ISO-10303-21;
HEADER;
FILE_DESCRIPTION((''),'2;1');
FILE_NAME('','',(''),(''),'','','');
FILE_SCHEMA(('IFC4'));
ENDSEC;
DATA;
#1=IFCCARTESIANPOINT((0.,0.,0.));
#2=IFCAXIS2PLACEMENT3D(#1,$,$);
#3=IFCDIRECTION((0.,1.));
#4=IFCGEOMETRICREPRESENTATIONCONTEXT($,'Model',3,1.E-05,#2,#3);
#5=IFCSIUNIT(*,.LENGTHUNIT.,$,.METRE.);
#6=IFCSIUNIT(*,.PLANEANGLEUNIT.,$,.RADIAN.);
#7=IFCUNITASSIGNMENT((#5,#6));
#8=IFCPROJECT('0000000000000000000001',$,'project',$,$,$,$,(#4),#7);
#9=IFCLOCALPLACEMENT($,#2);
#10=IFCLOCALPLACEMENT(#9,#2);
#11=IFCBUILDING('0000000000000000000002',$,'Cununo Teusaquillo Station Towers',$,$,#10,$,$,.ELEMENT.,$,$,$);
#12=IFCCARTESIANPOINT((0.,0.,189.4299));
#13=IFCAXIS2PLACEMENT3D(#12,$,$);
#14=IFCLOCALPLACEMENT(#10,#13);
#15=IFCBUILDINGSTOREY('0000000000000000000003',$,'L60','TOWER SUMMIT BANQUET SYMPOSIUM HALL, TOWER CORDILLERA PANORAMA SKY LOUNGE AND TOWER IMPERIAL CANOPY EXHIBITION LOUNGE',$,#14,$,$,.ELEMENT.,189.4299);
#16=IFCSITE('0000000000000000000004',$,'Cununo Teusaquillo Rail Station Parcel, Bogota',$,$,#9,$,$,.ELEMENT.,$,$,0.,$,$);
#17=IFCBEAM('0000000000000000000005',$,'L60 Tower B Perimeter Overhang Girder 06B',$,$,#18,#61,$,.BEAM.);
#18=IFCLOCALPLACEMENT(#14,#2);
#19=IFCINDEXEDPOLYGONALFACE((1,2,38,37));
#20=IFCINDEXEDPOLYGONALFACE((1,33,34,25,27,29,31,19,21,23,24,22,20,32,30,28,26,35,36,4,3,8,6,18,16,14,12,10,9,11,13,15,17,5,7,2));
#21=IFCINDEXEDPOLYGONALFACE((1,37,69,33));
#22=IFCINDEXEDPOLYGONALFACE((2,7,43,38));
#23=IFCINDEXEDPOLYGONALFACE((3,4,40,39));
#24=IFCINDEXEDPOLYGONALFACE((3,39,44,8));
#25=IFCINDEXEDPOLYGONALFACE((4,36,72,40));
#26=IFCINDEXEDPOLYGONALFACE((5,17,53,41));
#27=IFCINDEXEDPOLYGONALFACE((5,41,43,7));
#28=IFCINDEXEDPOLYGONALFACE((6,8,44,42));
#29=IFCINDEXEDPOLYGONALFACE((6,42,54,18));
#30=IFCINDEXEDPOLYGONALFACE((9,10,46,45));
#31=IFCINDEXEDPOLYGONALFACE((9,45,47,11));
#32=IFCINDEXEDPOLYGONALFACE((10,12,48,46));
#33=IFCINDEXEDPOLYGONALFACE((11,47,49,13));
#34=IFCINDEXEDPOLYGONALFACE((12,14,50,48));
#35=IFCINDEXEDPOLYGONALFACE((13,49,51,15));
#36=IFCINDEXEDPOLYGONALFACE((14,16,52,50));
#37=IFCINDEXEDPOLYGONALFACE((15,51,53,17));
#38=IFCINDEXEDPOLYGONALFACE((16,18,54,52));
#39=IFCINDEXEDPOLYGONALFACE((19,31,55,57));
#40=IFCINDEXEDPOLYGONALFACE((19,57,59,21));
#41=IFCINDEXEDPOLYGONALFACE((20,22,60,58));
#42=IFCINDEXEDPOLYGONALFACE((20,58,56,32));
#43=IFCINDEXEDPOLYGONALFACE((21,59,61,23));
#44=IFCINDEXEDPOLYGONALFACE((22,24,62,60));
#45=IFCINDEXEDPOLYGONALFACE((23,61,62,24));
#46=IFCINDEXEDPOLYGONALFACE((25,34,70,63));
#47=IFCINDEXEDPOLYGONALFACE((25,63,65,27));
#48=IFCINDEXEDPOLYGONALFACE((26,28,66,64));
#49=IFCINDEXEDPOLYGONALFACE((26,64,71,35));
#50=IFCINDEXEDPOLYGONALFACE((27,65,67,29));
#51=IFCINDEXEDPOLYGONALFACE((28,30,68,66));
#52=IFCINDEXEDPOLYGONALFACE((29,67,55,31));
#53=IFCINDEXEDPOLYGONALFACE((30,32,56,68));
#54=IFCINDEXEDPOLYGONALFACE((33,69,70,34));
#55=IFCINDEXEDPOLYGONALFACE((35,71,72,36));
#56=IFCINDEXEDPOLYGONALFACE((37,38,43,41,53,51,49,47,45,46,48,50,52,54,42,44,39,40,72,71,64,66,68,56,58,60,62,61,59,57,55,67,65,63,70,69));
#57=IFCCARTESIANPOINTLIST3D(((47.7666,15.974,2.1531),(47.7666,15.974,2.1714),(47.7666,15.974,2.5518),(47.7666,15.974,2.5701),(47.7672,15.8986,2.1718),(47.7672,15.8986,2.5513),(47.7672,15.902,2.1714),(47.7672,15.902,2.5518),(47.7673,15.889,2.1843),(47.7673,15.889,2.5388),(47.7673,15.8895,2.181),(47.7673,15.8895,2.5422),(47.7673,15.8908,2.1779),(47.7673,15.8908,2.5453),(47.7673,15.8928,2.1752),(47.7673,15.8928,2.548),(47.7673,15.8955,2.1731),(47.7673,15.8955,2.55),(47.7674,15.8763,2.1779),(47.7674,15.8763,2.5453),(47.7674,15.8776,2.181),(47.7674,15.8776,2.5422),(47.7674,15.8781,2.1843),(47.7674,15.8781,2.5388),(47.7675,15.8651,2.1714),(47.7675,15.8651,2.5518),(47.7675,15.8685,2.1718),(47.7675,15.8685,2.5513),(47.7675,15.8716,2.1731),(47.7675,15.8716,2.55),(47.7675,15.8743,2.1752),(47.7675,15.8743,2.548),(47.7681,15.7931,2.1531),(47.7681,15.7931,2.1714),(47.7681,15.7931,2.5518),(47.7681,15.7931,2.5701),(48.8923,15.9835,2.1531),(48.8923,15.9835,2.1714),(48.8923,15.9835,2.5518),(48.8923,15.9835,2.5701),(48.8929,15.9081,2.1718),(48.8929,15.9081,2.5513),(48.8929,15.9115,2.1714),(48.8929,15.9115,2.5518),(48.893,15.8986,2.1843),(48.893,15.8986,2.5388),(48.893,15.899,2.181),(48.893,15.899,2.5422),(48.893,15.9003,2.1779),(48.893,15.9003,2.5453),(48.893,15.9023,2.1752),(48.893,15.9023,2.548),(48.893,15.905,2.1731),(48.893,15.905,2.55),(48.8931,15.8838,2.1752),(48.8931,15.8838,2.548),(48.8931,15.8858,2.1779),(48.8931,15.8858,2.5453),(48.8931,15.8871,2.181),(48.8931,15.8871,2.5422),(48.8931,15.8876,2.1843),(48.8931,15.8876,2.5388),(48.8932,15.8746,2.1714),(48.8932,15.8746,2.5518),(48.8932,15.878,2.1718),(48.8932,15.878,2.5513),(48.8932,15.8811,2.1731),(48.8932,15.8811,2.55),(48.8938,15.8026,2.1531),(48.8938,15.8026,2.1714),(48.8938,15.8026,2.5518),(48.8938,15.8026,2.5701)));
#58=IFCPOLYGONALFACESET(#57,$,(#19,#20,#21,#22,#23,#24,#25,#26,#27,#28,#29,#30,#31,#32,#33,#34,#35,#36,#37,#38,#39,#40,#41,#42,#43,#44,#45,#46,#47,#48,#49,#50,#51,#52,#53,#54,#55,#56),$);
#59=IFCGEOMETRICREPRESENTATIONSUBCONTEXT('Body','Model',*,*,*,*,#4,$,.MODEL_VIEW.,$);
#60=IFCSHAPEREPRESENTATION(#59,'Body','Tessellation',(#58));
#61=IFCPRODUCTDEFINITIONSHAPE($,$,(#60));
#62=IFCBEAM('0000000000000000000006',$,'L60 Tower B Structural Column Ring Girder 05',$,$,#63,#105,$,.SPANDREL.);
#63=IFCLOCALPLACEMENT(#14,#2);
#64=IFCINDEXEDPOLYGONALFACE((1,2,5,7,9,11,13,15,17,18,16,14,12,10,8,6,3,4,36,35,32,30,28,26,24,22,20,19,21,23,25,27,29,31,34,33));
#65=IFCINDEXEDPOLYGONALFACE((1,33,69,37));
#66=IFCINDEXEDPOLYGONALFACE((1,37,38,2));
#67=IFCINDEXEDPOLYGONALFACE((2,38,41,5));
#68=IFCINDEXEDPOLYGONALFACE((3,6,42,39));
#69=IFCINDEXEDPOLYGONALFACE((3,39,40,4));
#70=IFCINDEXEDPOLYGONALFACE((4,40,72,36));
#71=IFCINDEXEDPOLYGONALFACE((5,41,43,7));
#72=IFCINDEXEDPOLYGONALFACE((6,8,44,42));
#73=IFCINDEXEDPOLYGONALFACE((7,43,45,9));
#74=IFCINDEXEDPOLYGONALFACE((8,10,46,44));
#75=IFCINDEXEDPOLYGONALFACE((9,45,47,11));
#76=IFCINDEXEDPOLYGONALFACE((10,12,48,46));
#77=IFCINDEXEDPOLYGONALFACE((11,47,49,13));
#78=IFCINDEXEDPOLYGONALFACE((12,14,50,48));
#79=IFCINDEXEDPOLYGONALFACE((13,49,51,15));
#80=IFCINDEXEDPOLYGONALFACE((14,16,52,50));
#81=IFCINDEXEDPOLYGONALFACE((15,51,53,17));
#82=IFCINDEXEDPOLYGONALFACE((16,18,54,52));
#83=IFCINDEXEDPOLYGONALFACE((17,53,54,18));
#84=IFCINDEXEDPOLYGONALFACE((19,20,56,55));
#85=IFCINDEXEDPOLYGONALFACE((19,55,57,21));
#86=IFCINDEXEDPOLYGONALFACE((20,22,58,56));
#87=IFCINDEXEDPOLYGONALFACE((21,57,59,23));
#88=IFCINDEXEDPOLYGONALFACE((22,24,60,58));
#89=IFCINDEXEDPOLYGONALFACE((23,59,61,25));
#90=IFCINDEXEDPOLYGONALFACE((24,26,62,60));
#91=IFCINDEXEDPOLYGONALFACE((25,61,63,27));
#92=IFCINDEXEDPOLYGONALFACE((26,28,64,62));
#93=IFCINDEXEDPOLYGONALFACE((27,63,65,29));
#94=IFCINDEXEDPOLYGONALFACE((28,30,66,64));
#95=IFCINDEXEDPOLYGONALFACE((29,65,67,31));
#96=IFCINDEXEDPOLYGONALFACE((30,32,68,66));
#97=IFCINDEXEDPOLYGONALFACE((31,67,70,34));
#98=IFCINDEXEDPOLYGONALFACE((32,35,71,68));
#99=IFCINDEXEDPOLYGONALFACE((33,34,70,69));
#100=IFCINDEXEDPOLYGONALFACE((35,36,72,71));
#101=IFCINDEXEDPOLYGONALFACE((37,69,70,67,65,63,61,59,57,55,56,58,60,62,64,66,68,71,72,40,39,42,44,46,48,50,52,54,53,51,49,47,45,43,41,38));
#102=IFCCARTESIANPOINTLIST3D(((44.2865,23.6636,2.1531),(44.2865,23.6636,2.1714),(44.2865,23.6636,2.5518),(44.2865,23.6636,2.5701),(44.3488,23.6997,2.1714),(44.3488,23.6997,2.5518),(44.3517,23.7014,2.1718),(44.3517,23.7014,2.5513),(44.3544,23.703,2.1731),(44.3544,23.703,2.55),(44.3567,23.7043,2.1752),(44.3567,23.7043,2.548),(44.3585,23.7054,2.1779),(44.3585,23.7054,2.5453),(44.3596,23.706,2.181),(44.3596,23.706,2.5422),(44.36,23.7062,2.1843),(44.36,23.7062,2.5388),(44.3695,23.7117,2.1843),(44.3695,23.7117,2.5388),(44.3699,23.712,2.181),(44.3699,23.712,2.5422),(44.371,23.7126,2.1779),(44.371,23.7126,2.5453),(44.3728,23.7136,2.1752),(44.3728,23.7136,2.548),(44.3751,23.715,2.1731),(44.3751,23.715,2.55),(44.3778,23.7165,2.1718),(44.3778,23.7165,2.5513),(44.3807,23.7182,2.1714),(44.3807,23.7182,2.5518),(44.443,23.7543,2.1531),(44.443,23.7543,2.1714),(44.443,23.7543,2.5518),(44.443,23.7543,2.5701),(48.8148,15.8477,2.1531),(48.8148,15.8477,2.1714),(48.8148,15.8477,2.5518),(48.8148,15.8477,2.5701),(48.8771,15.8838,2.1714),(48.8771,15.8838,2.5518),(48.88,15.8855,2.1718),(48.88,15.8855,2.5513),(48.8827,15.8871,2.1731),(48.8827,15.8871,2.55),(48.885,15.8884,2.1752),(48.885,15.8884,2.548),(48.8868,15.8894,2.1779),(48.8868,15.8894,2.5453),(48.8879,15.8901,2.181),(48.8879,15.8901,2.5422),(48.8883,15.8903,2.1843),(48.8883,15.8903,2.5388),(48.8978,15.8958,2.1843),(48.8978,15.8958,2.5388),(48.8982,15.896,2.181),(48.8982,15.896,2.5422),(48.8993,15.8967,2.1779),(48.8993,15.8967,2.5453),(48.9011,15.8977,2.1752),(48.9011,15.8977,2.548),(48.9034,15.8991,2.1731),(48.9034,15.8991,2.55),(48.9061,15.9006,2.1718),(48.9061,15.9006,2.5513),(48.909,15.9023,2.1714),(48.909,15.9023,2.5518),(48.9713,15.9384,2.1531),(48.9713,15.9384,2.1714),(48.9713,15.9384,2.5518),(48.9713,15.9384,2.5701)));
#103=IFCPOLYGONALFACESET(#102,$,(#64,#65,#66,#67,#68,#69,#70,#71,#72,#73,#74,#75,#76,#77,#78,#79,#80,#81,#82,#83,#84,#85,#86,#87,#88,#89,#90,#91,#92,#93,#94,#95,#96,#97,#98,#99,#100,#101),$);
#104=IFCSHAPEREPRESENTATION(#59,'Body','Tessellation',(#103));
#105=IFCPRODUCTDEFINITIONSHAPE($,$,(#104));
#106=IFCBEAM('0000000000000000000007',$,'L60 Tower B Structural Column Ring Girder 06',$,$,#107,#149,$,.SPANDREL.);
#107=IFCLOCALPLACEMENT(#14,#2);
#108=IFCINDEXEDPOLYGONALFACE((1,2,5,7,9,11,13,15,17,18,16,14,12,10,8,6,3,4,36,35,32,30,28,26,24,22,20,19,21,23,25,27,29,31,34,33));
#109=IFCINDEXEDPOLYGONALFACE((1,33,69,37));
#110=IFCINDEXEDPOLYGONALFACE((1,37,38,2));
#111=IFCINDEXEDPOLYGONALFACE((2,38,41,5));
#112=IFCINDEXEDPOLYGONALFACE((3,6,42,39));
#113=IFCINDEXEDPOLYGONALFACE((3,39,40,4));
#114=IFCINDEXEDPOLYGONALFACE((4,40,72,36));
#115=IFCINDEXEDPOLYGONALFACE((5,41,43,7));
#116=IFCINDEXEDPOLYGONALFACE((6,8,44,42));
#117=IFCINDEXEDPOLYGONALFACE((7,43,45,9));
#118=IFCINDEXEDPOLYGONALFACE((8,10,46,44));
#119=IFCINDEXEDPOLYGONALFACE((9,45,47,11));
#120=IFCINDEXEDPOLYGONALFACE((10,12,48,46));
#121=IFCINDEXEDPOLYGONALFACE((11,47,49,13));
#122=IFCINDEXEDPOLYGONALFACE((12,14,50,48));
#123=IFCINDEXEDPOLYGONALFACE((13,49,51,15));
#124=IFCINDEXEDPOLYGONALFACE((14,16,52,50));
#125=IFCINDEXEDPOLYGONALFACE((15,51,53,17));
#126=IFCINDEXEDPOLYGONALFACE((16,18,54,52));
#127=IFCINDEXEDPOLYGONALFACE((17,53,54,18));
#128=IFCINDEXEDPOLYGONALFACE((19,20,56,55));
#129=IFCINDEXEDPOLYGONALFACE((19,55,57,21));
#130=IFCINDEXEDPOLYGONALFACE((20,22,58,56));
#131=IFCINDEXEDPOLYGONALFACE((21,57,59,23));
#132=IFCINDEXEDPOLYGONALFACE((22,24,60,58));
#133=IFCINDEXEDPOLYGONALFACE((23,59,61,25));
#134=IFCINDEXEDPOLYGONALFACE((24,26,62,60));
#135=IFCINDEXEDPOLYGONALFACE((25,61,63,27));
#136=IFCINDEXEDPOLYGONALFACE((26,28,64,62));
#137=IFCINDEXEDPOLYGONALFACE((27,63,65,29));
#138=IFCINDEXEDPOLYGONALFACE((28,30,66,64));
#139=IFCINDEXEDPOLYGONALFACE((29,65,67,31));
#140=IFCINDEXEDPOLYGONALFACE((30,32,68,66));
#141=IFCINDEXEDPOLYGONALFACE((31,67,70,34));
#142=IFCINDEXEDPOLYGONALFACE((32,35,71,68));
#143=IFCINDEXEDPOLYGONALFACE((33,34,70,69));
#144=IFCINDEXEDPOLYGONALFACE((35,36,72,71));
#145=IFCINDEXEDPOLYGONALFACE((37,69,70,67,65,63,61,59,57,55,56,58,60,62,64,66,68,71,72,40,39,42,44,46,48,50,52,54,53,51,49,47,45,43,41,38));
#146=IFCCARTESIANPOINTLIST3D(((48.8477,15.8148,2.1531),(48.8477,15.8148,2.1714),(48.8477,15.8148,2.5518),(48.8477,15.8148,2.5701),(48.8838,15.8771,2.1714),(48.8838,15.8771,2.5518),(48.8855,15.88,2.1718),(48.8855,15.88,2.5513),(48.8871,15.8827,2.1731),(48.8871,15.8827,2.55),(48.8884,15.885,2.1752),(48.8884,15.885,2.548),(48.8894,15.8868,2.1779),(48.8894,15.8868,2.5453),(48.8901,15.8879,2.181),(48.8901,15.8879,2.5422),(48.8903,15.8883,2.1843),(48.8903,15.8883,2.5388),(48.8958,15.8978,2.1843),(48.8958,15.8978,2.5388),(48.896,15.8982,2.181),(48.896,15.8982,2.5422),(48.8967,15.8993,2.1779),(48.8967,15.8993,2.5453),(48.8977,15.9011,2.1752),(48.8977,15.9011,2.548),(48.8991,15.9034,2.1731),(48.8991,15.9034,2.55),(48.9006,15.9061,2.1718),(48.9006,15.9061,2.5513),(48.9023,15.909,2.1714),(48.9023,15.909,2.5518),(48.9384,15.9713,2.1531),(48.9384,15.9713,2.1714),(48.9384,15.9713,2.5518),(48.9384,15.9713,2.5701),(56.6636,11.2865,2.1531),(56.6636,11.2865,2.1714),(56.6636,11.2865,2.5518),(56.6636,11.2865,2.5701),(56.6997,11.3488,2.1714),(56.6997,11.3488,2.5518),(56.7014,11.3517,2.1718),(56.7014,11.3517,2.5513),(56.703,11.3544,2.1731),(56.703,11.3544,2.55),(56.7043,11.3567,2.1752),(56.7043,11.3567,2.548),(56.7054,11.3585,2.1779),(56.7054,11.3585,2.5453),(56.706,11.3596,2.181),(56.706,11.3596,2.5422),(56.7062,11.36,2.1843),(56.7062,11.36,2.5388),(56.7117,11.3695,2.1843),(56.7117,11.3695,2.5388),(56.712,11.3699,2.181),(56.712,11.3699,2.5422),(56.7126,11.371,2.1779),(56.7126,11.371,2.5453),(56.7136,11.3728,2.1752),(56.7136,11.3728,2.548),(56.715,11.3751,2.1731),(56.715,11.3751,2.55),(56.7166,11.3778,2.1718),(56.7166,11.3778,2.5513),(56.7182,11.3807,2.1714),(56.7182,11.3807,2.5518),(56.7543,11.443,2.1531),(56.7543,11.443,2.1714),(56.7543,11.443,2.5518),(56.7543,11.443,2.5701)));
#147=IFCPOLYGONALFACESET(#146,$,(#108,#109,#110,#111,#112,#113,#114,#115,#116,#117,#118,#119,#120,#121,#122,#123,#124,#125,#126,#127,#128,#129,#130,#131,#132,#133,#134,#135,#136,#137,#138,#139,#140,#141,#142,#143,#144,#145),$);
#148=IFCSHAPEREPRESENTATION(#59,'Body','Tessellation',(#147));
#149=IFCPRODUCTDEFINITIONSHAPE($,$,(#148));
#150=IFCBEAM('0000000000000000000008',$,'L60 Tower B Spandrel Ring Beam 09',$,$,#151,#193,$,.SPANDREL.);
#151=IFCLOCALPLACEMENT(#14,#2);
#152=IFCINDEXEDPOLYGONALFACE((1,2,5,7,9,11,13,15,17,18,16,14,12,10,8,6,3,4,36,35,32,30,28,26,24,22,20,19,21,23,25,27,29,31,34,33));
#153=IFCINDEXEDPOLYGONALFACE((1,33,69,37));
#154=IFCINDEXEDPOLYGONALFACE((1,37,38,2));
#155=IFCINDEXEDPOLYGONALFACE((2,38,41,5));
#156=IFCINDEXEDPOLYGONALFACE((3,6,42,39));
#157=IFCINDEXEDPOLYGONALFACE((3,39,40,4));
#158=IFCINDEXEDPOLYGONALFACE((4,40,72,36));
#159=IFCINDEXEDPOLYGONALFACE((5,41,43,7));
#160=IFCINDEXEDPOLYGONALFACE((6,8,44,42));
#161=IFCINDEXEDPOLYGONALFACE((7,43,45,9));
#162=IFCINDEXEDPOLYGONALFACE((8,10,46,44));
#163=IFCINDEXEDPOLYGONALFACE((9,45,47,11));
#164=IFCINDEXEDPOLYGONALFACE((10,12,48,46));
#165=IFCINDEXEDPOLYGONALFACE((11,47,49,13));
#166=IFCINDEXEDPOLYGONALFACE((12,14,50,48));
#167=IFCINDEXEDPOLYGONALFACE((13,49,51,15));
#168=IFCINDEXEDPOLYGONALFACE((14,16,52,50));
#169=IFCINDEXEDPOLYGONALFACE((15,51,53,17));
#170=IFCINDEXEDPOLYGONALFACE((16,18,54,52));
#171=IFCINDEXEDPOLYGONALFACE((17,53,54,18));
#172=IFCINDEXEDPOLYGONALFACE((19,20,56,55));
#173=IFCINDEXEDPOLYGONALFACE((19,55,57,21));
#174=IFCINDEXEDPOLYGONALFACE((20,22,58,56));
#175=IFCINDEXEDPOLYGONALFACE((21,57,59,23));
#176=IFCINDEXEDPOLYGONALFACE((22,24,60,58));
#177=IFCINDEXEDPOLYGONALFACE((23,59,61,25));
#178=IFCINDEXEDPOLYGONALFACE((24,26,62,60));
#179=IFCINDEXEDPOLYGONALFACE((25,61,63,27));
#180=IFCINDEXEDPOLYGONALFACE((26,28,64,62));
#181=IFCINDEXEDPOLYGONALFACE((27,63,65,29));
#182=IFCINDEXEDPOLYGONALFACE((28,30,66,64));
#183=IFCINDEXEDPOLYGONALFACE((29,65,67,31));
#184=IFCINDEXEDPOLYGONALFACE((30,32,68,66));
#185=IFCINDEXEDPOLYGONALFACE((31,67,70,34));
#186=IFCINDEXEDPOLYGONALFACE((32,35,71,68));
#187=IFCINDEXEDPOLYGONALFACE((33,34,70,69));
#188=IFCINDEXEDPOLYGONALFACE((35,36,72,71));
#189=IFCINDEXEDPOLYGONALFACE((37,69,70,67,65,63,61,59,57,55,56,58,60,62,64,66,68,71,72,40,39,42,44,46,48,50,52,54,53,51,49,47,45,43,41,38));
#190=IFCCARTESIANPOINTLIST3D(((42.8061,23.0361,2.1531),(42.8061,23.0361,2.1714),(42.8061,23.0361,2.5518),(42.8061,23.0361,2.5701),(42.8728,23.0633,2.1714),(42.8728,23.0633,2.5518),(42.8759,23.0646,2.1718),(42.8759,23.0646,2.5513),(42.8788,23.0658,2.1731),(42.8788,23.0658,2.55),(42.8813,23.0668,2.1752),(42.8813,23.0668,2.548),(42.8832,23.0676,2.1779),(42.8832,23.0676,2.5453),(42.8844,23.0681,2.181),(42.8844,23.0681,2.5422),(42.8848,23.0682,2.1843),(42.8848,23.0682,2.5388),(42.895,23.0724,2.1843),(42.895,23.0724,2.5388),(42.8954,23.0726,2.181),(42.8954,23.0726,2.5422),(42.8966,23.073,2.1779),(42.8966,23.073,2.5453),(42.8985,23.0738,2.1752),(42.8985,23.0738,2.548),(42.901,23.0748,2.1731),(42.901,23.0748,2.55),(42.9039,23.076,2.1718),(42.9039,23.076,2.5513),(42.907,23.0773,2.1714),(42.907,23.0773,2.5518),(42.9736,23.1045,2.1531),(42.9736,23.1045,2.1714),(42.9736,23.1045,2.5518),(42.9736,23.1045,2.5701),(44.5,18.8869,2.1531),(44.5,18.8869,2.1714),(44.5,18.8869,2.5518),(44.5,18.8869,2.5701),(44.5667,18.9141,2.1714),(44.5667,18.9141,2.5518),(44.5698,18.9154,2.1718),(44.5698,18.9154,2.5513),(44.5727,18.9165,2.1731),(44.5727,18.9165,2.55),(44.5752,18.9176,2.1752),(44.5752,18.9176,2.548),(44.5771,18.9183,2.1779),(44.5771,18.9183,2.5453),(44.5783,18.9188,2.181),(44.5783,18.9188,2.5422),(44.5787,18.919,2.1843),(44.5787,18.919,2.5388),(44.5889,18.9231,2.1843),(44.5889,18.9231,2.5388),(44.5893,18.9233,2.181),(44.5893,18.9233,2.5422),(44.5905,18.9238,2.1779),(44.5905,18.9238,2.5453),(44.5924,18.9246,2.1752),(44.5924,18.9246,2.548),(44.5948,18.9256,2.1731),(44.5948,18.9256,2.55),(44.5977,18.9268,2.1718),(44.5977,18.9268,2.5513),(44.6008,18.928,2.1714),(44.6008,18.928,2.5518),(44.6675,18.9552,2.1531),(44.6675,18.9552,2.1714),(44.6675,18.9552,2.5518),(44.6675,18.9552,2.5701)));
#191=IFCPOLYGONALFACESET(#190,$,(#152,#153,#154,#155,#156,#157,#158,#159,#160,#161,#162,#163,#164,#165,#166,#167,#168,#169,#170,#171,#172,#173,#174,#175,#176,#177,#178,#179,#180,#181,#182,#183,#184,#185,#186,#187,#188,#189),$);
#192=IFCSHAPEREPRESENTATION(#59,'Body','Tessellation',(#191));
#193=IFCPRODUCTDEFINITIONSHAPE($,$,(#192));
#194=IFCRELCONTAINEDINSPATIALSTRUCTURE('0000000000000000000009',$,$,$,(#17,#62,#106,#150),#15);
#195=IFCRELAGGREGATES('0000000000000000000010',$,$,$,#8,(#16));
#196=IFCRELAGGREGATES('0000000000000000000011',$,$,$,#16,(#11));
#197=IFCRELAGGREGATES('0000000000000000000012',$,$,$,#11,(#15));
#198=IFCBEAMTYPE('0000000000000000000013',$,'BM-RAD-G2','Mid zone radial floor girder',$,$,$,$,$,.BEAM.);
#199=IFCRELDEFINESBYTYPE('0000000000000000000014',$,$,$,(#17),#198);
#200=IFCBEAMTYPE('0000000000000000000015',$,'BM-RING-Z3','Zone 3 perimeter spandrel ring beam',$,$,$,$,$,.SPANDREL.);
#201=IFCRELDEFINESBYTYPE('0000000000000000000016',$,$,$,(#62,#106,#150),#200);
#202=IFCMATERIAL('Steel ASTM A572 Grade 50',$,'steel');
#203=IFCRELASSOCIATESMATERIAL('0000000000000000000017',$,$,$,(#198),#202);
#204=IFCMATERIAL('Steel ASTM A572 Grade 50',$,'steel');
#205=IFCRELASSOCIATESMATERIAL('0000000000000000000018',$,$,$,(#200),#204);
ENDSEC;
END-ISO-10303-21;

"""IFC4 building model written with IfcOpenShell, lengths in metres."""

from ifc_helpers import new_model, si_unit, direction, frame, origin, origin_2d, place, context, subcontext, project, spatial, i_section, extrude, material, material_profile, profile_set, type_object, element, save


model = new_model("IFC4")

# Units and contexts
model_context = context("Model", 3, precision=1e-05, world=origin(), true_north=direction((0.0, 1.0)))
body_context = subcontext(model_context, "Body", "Model", "MODEL_VIEW")
ifc_project = project(units=[si_unit("LENGTHUNIT", "METRE"), si_unit("PLANEANGLEUNIT", "RADIAN")], contexts=[model_context])

# Site, building, storey
site_placement = place(None, origin())
site = spatial("IfcSite", under=ifc_project, at=site_placement, Name="Cununo Teusaquillo Rail Station Parcel, Bogota", CompositionType="ELEMENT", RefElevation=0.0)
building_placement = place(site_placement, origin())
building = spatial("IfcBuilding", under=site, at=building_placement, Name="Cununo Teusaquillo Station Towers", CompositionType="ELEMENT")
storey_placement = place(building_placement, frame((0.0, 0.0, 189.4299)))
storey = spatial("IfcBuildingStorey", under=building, at=storey_placement, Name="L60", Description="TOWER SUMMIT BANQUET SYMPOSIUM HALL, TOWER CORDILLERA PANORAMA SKY LOUNGE AND TOWER IMPERIAL CANOPY EXHIBITION LOUNGE", CompositionType="ELEMENT", Elevation=189.4299)

# Beams
ifc_material_1 = material(Name="Steel ASTM A572 Grade 50", Category="steel")
ifc_material_profile_1 = material_profile(ifc_material_1, i_section(OverallWidth=0.1809, OverallDepth=0.417, WebThickness=0.011, FlangeThickness=0.0183, FilletRadius=0.0129, at=origin_2d()), Name="W16X57")
ifc_profile_set_1 = profile_set([ifc_material_profile_1], Name="Steel ASTM A572 Grade 50")
beam_type_1 = type_object("IfcBeamType", Name="BM-RAD-G2", Description="Mid zone radial floor girder", PredefinedType="BEAM", material=ifc_profile_set_1)
beam_1_placement = place(storey_placement, frame((48.8931, 15.8931, 2.3616), z_axis=(-0.999964, -0.008458, 0.0), x_axis=(0.008458, -0.999964, 0.0)))
element("IfcBeam", 1, at=beam_1_placement, inside=storey, type_object=beam_type_1, Name="L60 Tower B Perimeter Overhang Girder 06B", PredefinedType="BEAM", context=body_context, shape_type="SweptSolid", body=[
    extrude(i_section(OverallWidth=0.1809, OverallDepth=0.417, WebThickness=0.011, FlangeThickness=0.0183, FilletRadius=0.0129, at=origin_2d()), origin(), (0.0, 0.0, 1.0), 1.1257),
])
ifc_material_2 = material(Name="Steel ASTM A572 Grade 50", Category="steel")
ifc_material_profile_2 = material_profile(ifc_material_2, i_section(OverallWidth=0.1809, OverallDepth=0.417, WebThickness=0.011, FlangeThickness=0.0183, FilletRadius=0.0129, at=origin_2d()), Name="W16X57")
ifc_profile_set_2 = profile_set([ifc_material_profile_2], Name="Steel ASTM A572 Grade 50")
beam_type_2 = type_object("IfcBeamType", Name="BM-RING-Z3", Description="Zone 3 perimeter spandrel ring beam", PredefinedType="SPANDREL", material=ifc_profile_set_2)
for number, where, z_axis, x_axis, name in (
    (2, (44.3647, 23.709, 2.3616), (0.501311, -0.865267, 0.0), (0.865267, 0.501311, 0.0), "L60 Tower B Structural Column Ring Girder 05"),
    (3, (48.8931, 15.8931, 2.3616), (0.865267, -0.501311, 0.0), (0.501311, 0.865267, 0.0), "L60 Tower B Structural Column Ring Girder 06"),
):
    element("IfcBeam", number, at=place(storey_placement, frame(where, z_axis=z_axis, x_axis=x_axis)), inside=storey, type_object=beam_type_2, Name=name, PredefinedType="SPANDREL", context=body_context, shape_type="SweptSolid", body=[
        extrude(i_section(OverallWidth=0.1809, OverallDepth=0.417, WebThickness=0.011, FlangeThickness=0.0183, FilletRadius=0.0129, at=origin_2d()), origin(), (0.0, 0.0, 1.0), 9.033),
    ])
beam_2_placement = place(storey_placement, frame((42.8899, 23.0703, 2.3616), z_axis=(0.377956, -0.925824, 0.0), x_axis=(0.925824, 0.377956, 0.0)))
element("IfcBeam", 4, at=beam_2_placement, inside=storey, type_object=beam_type_2, Name="L60 Tower B Spandrel Ring Beam 09", PredefinedType="SPANDREL", context=body_context, shape_type="SweptSolid", body=[
    extrude(i_section(OverallWidth=0.1809, OverallDepth=0.417, WebThickness=0.011, FlangeThickness=0.0183, FilletRadius=0.0129, at=origin_2d()), origin(), (0.0, 0.0, 1.0), 4.4817),
])

save(model, "model.ifc")
